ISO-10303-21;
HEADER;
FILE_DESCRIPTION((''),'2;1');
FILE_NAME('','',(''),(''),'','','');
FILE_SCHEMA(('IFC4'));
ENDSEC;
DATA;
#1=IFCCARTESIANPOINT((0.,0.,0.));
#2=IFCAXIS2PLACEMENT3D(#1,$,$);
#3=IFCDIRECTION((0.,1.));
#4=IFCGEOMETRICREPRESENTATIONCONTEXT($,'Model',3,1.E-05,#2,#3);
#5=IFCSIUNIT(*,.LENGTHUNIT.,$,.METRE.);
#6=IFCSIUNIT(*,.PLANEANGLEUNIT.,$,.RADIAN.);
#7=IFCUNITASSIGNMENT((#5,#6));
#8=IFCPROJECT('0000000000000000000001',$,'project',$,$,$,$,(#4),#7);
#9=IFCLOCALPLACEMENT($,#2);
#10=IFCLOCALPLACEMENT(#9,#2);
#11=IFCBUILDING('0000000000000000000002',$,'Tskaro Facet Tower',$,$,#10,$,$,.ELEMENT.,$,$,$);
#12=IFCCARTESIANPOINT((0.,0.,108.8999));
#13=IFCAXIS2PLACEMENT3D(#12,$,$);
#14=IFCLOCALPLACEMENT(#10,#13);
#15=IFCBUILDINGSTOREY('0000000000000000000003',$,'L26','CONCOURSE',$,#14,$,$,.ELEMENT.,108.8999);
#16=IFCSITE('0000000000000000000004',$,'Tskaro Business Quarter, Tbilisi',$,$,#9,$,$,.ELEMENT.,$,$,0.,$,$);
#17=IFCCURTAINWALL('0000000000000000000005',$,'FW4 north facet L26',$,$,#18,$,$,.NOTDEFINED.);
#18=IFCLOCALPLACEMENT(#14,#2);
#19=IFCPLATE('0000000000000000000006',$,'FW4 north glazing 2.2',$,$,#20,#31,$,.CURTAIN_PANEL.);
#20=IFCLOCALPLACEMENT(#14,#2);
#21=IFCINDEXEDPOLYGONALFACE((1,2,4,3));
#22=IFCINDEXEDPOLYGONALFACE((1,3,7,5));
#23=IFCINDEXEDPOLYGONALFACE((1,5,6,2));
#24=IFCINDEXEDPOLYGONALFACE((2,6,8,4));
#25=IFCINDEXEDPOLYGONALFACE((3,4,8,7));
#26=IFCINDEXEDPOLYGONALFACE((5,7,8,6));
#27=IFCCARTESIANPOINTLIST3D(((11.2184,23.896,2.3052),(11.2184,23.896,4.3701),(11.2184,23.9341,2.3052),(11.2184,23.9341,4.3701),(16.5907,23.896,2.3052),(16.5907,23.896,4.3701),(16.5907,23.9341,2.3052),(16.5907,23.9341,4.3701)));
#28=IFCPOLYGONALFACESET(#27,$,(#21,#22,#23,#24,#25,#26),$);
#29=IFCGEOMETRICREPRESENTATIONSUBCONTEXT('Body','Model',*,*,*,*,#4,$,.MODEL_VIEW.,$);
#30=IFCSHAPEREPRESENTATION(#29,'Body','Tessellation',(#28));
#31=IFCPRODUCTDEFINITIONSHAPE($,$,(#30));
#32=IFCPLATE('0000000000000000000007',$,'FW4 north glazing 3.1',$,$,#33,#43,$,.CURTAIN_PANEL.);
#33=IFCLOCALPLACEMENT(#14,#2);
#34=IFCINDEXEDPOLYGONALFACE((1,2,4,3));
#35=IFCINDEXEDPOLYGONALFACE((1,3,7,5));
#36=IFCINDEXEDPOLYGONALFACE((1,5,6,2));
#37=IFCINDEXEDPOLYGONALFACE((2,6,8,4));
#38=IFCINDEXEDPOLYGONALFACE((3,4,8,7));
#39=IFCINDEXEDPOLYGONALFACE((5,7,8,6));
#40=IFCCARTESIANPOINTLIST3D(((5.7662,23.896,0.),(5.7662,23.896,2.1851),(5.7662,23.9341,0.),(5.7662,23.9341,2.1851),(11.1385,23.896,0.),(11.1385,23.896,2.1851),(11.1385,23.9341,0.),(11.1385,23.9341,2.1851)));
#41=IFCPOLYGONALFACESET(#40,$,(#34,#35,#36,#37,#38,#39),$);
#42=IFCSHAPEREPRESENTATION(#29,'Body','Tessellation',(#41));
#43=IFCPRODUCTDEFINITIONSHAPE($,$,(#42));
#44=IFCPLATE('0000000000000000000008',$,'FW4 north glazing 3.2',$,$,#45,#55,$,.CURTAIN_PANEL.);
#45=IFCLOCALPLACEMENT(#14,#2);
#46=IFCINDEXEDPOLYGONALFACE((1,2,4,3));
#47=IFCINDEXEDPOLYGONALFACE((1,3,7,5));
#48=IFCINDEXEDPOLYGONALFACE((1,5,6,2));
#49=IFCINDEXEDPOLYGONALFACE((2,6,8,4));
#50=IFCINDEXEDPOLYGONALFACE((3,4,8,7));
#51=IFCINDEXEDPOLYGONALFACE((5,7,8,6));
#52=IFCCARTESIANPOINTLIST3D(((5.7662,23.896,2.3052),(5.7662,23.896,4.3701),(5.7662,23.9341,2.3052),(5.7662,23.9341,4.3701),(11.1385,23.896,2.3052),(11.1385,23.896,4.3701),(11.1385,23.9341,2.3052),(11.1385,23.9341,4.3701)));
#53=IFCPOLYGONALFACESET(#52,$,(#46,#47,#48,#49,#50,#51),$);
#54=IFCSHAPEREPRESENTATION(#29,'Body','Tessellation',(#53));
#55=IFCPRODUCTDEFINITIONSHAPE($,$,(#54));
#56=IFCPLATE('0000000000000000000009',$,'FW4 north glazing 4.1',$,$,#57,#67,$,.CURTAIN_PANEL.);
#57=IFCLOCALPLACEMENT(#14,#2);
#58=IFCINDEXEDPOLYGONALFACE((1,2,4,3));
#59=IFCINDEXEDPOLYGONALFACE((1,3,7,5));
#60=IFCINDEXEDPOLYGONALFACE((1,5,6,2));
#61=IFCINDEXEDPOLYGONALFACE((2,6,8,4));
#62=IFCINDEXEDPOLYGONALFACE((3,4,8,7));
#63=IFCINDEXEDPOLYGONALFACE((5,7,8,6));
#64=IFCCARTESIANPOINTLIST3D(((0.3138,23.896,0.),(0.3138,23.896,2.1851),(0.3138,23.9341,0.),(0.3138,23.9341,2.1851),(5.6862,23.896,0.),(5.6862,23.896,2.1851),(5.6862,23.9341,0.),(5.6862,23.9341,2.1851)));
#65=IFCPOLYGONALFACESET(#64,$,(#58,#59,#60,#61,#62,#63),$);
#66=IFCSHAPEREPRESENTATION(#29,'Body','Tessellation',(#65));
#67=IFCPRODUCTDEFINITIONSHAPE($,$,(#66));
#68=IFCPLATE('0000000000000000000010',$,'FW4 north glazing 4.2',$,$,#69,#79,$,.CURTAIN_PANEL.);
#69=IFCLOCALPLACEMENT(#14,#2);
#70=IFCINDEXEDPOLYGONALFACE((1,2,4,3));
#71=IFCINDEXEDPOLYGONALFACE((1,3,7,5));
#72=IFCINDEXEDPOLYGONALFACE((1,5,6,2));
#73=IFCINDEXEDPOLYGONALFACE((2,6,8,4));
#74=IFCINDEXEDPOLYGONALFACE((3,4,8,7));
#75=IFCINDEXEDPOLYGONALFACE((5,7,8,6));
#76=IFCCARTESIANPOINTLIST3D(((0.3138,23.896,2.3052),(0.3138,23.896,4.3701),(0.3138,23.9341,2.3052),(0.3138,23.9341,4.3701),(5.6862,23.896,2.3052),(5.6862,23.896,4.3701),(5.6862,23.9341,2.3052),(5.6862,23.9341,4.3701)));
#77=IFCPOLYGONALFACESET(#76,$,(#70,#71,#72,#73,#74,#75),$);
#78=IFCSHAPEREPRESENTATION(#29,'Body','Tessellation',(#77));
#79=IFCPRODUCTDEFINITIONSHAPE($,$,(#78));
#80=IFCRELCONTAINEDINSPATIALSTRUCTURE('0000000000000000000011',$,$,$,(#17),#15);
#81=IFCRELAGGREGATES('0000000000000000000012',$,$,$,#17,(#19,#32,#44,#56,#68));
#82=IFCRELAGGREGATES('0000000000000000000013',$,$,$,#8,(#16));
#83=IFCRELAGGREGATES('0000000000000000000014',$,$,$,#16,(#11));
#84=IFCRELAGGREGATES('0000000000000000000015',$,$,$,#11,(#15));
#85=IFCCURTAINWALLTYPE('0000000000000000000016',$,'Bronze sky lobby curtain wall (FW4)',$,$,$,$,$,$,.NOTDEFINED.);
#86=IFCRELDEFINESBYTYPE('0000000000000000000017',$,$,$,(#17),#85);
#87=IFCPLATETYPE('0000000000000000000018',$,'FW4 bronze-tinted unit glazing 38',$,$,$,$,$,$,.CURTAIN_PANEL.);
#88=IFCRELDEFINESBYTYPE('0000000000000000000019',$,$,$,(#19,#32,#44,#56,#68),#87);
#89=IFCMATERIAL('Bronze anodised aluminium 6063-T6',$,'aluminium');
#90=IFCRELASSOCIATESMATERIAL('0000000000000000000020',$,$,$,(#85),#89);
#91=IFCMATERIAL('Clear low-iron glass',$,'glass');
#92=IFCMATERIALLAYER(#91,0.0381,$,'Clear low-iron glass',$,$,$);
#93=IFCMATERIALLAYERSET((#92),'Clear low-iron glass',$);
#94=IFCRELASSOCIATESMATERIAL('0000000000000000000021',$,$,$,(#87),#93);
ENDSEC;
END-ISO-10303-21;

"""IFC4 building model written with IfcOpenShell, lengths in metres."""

from ifc_helpers import new_model, si_unit, direction, frame, origin, origin_2d, place, context, subcontext, project, spatial, rectangle, extrude, material, layer, layer_set, type_object, element, aggregate, save


model = new_model("IFC4")

# Units and contexts
model_context = context("Model", 3, precision=1e-05, world=origin(), true_north=direction((0.0, 1.0)))
body_context = subcontext(model_context, "Body", "Model", "MODEL_VIEW")
ifc_project = project(units=[si_unit("LENGTHUNIT", "METRE"), si_unit("PLANEANGLEUNIT", "RADIAN")], contexts=[model_context])

# Site, building, storey
site_placement = place(None, origin())
site = spatial("IfcSite", under=ifc_project, at=site_placement, Name="Tskaro Business Quarter, Tbilisi", CompositionType="ELEMENT", RefElevation=0.0)
building_placement = place(site_placement, origin())
building = spatial("IfcBuilding", under=site, at=building_placement, Name="Tskaro Facet Tower", CompositionType="ELEMENT")
storey_placement = place(building_placement, frame((0.0, 0.0, 108.8999)))
storey = spatial("IfcBuildingStorey", under=building, at=storey_placement, Name="L26", Description="CONCOURSE", CompositionType="ELEMENT", Elevation=108.8999)

# Curtain wall
ifc_material_1 = material(Name="Bronze anodised aluminium 6063-T6", Category="aluminium")
curtain_wall_type = type_object("IfcCurtainWallType", Name="Bronze sky lobby curtain wall (FW4)", PredefinedType="NOTDEFINED", material=ifc_material_1)
curtain_wall_placement = place(storey_placement, origin())
curtain_wall = element("IfcCurtainWall", 1, at=curtain_wall_placement, inside=storey, type_object=curtain_wall_type, Name="FW4 north facet L26", PredefinedType="NOTDEFINED")

# Plates
ifc_material_2 = material(Name="Clear low-iron glass", Category="glass")
ifc_layer = layer(ifc_material_2, 0.0381, Name="Clear low-iron glass")
ifc_layer_set = layer_set([ifc_layer], Name="Clear low-iron glass")
plate_type = type_object("IfcPlateType", Name="FW4 bronze-tinted unit glazing 38", PredefinedType="CURTAIN_PANEL", material=ifc_layer_set)
plate_1_placement = place(storey_placement, frame((13.9045, 23.915, 2.3052), z_axis=(0.0, 0.0, 1.0), x_axis=(-1.0, 0.0, 0.0)))
plate_1 = element("IfcPlate", 2, at=plate_1_placement, type_object=plate_type, Name="FW4 north glazing 2.2", PredefinedType="CURTAIN_PANEL", context=body_context, shape_type="SweptSolid", body=[
    extrude(rectangle(XDim=5.3723, YDim=0.0381, at=origin_2d()), origin(), (0.0, 0.0, 1.0), 2.0649),
])
plate_2_placement = place(storey_placement, frame((8.4524, 23.915, 0.0), z_axis=(0.0, 0.0, 1.0), x_axis=(-1.0, 0.0, 0.0)))
plate_2 = element("IfcPlate", 3, at=plate_2_placement, type_object=plate_type, Name="FW4 north glazing 3.1", PredefinedType="CURTAIN_PANEL", context=body_context, shape_type="SweptSolid", body=[
    extrude(rectangle(XDim=5.3723, YDim=0.0381, at=origin_2d()), origin(), (0.0, 0.0, 1.0), 2.1851),
])
plate_3_placement = place(storey_placement, frame((8.4524, 23.915, 2.3052), z_axis=(0.0, 0.0, 1.0), x_axis=(-1.0, 0.0, 0.0)))
plate_3 = element("IfcPlate", 4, at=plate_3_placement, type_object=plate_type, Name="FW4 north glazing 3.2", PredefinedType="CURTAIN_PANEL", context=body_context, shape_type="SweptSolid", body=[
    extrude(rectangle(XDim=5.3723, YDim=0.0381, at=origin_2d()), origin(), (0.0, 0.0, 1.0), 2.0649),
])
plate_4_placement = place(storey_placement, frame((3.0, 23.915, 0.0), z_axis=(0.0, 0.0, 1.0), x_axis=(-1.0, 0.0, 0.0)))
plate_4 = element("IfcPlate", 5, at=plate_4_placement, type_object=plate_type, Name="FW4 north glazing 4.1", PredefinedType="CURTAIN_PANEL", context=body_context, shape_type="SweptSolid", body=[
    extrude(rectangle(XDim=5.3723, YDim=0.0381, at=origin_2d()), origin(), (0.0, 0.0, 1.0), 2.1851),
])
plate_5_placement = place(storey_placement, frame((3.0, 23.915, 2.3052), z_axis=(0.0, 0.0, 1.0), x_axis=(-1.0, 0.0, 0.0)))
plate_5 = element("IfcPlate", 6, at=plate_5_placement, type_object=plate_type, Name="FW4 north glazing 4.2", PredefinedType="CURTAIN_PANEL", context=body_context, shape_type="SweptSolid", body=[
    extrude(rectangle(XDim=5.3723, YDim=0.0381, at=origin_2d()), origin(), (0.0, 0.0, 1.0), 2.0649),
])
aggregate(curtain_wall, [plate_1, plate_2, plate_3, plate_4, plate_5])

save(model, "model.ifc")
